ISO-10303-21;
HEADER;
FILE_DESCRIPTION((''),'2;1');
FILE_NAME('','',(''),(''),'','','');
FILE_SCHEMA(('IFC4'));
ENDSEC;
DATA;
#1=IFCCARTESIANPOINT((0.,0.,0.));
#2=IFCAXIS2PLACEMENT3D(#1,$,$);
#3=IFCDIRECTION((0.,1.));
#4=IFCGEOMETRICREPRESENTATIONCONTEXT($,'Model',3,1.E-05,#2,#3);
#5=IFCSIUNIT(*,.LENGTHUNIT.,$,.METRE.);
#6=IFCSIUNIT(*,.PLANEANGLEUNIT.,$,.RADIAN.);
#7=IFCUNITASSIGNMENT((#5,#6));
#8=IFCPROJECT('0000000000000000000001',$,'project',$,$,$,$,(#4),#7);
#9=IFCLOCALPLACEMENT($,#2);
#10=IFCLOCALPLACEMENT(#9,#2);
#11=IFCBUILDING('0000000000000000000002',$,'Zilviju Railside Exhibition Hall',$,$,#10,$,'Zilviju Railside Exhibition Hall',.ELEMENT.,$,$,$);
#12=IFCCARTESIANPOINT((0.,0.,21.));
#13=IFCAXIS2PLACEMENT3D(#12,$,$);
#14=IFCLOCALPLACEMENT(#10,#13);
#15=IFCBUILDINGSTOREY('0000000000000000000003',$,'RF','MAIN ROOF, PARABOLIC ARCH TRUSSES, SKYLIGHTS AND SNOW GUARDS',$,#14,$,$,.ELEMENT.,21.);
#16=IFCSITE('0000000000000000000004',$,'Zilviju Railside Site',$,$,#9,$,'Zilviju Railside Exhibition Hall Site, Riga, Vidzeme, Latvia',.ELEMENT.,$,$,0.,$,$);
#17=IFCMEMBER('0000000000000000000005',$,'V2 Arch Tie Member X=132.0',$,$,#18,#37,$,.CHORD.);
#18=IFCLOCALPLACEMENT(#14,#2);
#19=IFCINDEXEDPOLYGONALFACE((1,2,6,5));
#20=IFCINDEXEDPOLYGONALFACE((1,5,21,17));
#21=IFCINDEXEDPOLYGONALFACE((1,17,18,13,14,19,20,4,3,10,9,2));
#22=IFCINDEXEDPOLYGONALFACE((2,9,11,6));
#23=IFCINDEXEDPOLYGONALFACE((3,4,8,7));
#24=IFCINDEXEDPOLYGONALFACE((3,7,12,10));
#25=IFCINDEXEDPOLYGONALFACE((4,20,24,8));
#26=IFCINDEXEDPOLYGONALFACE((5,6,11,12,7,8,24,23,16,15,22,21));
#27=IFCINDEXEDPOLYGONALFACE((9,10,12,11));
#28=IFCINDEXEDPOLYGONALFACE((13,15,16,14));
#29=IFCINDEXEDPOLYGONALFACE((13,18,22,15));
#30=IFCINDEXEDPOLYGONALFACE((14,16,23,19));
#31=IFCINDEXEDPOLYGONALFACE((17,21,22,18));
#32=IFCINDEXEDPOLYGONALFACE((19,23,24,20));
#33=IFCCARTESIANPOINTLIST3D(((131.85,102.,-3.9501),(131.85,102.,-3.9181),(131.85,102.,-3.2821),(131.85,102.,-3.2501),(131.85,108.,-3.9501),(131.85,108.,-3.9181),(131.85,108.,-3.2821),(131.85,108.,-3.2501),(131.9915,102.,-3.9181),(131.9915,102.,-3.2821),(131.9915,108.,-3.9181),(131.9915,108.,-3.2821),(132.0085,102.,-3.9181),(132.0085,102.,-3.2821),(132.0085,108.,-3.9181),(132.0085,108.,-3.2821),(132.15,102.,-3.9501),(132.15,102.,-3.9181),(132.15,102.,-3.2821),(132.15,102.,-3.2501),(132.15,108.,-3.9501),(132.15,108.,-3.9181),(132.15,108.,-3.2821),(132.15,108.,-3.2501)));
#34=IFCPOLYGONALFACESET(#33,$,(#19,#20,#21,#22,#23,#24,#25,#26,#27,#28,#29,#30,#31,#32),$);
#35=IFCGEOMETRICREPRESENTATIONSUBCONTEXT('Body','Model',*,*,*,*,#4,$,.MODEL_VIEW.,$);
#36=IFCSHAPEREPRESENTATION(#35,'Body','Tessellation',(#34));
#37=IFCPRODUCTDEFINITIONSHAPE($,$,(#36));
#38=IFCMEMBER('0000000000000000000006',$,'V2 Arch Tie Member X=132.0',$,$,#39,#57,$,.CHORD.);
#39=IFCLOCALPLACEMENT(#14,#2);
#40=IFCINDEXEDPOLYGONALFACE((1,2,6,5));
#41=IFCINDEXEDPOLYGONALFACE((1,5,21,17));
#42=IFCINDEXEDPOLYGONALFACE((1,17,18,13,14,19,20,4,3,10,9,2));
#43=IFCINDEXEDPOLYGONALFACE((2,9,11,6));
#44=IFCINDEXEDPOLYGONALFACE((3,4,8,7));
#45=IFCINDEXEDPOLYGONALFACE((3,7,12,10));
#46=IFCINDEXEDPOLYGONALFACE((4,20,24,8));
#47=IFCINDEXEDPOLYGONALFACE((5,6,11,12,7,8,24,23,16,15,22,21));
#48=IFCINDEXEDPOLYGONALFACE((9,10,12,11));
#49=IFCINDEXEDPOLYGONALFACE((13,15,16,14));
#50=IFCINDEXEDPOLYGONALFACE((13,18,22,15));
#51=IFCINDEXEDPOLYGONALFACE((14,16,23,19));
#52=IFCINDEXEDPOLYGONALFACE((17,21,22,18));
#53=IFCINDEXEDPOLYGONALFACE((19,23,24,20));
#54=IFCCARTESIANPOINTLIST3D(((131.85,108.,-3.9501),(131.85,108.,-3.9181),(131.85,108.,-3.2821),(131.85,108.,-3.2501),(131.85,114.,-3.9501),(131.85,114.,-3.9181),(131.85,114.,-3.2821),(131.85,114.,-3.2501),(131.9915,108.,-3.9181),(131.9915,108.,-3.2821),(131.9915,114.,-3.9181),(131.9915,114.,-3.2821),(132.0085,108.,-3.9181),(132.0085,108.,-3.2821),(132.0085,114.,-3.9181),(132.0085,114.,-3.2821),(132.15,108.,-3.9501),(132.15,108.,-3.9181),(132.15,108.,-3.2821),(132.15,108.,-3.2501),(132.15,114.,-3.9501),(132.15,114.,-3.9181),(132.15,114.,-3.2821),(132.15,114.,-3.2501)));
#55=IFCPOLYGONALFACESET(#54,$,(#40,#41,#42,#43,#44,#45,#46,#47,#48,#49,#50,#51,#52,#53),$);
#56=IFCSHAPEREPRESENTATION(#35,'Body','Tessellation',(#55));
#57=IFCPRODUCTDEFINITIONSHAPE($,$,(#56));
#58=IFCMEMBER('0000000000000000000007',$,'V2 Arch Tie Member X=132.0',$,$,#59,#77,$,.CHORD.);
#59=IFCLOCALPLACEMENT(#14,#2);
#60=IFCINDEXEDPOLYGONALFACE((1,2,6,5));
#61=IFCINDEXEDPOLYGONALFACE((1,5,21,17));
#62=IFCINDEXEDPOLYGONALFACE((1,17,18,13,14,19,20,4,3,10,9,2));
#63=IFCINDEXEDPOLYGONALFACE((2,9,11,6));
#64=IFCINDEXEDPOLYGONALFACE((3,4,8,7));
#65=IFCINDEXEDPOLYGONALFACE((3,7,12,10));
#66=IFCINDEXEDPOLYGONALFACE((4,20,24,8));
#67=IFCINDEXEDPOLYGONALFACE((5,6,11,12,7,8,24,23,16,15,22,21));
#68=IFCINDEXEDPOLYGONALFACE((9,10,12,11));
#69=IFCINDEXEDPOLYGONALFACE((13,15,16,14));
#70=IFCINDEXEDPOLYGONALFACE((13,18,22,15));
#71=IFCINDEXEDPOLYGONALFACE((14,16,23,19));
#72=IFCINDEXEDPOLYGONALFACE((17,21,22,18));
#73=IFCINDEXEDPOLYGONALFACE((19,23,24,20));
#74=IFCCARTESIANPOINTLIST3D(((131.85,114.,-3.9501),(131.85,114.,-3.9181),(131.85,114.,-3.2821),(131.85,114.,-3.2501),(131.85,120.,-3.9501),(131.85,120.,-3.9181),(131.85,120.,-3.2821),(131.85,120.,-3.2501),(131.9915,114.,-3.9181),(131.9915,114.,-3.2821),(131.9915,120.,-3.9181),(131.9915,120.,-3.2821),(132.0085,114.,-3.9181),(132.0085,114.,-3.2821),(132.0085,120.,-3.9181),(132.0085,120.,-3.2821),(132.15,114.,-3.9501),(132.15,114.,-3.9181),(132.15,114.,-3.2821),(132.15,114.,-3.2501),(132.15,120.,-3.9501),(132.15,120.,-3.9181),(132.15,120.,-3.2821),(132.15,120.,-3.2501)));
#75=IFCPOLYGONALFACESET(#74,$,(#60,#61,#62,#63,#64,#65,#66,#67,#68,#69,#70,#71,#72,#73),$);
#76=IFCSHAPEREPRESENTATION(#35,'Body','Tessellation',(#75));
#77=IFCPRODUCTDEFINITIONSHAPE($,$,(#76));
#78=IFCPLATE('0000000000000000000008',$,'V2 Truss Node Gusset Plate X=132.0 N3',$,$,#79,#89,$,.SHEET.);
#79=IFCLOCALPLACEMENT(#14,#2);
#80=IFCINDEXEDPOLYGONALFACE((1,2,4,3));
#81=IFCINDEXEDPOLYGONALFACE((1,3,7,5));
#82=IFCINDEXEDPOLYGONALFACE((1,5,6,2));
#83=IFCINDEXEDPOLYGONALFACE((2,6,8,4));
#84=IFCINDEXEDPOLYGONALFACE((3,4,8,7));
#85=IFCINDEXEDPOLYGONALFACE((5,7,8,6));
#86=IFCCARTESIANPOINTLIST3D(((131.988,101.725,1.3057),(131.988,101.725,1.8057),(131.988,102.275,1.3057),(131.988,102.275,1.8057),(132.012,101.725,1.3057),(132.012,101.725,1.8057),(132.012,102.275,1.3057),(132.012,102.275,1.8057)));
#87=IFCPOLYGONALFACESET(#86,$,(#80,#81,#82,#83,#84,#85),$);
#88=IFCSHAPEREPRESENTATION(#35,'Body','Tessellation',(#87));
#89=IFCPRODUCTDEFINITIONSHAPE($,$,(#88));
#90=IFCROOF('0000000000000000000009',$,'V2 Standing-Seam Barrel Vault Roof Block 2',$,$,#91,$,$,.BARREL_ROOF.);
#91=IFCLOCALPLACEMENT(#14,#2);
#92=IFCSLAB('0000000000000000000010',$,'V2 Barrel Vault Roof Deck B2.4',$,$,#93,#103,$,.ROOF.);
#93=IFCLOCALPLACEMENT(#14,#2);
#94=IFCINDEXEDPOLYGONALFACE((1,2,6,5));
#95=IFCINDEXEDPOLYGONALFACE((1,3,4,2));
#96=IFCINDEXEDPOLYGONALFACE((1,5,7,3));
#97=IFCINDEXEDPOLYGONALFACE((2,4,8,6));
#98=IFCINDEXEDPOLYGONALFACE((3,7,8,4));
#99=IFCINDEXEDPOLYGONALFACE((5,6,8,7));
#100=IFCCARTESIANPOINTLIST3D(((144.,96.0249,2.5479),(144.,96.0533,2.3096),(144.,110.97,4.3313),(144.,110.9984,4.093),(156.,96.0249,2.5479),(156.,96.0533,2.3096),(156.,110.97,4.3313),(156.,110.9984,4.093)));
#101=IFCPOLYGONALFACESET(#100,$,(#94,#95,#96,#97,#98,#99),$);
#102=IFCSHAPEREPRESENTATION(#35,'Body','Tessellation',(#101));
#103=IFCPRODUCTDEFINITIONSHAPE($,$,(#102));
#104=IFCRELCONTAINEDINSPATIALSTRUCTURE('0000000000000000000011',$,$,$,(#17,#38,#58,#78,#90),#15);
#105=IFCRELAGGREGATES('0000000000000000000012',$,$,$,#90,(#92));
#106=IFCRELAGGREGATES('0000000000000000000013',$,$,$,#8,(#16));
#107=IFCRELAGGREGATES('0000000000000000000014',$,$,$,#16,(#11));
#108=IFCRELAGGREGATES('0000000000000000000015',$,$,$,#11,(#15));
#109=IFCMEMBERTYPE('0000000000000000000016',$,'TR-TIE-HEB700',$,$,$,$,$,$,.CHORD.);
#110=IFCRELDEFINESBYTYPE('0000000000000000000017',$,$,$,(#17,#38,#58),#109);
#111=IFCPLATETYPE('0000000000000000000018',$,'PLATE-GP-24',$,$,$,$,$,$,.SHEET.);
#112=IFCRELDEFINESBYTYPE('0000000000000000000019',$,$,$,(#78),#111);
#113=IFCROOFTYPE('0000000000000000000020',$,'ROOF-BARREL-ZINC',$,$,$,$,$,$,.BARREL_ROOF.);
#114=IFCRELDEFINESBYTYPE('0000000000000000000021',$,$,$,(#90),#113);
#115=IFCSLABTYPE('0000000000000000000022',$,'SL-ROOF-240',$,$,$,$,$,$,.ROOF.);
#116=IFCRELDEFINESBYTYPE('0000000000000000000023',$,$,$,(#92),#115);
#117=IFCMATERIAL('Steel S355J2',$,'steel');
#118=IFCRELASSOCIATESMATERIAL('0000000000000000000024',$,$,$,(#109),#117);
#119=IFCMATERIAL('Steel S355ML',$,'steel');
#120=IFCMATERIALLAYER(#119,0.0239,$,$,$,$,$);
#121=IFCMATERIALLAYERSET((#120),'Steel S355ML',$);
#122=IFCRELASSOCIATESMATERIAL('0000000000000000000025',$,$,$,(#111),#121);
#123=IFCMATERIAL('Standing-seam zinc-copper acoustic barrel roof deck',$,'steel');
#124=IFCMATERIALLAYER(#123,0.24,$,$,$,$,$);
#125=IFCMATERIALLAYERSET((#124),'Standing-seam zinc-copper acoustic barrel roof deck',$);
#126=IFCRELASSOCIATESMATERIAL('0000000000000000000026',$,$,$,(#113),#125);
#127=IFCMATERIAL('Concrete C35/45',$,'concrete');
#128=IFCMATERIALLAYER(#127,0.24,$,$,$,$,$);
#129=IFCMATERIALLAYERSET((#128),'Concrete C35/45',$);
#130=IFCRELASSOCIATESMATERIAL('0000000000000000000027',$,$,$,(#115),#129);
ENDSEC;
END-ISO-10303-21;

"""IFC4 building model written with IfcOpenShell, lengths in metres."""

from ifc_helpers import new_model, si_unit, direction, frame, origin, origin_2d, place, context, subcontext, project, spatial, polyline, rectangle, i_section, outline, extrude, material, layer, layer_set, material_profile, profile_set, type_object, element, aggregate, save


model = new_model("IFC4")

# Units and contexts
model_context = context("Model", 3, precision=1e-05, world=origin(), true_north=direction((0.0, 1.0)))
body_context = subcontext(model_context, "Body", "Model", "MODEL_VIEW")
ifc_project = project(units=[si_unit("LENGTHUNIT", "METRE"), si_unit("PLANEANGLEUNIT", "RADIAN")], contexts=[model_context])

# Site, building, storey
site_placement = place(None, origin())
site = spatial("IfcSite", under=ifc_project, at=site_placement, Name="Zilviju Railside Site", LongName="Zilviju Railside Exhibition Hall Site, Riga, Vidzeme, Latvia", CompositionType="ELEMENT", RefElevation=0.0)
building_placement = place(site_placement, origin())
building = spatial("IfcBuilding", under=site, at=building_placement, Name="Zilviju Railside Exhibition Hall", LongName="Zilviju Railside Exhibition Hall", CompositionType="ELEMENT")
storey_placement = place(building_placement, frame((0.0, 0.0, 21.0)))
storey = spatial("IfcBuildingStorey", under=building, at=storey_placement, Name="RF", Description="MAIN ROOF, PARABOLIC ARCH TRUSSES, SKYLIGHTS AND SNOW GUARDS", CompositionType="ELEMENT", Elevation=21.0)

# Members
ifc_material_1 = material(Name="Steel S355J2", Category="steel")
ifc_material_profile_1 = material_profile(ifc_material_1, i_section(OverallWidth=0.3, OverallDepth=0.7, WebThickness=0.0171, FlangeThickness=0.032, at=origin_2d()), Name="HEB 700")
ifc_profile_set_1 = profile_set([ifc_material_profile_1], Name="Steel S355J2")
member_type_1 = type_object("IfcMemberType", Name="TR-TIE-HEB700", PredefinedType="CHORD", material=ifc_profile_set_1)
for number, where, z_axis, x_axis, name in (
    (1, (132.0, 102.0, -3.6001), (0.0, 1.0, 0.0), (-1.0, 0.0, 0.0), "V2 Arch Tie Member X=132.0"),
    (2, (132.0, 108.0, -3.6001), (0.0, 1.0, 0.0), (-1.0, 0.0, 0.0), "V2 Arch Tie Member X=132.0"),
    (3, (132.0, 114.0, -3.6001), (0.0, 1.0, 0.0), (-1.0, 0.0, 0.0), "V2 Arch Tie Member X=132.0"),
):
    element("IfcMember", number, at=place(storey_placement, frame(where, z_axis=z_axis, x_axis=x_axis)), inside=storey, type_object=member_type_1, Name=name, PredefinedType="CHORD", context=body_context, shape_type="SweptSolid", body=[
        extrude(i_section(OverallWidth=0.3, OverallDepth=0.7, WebThickness=0.0171, FlangeThickness=0.032, at=origin_2d()), origin(), (0.0, 0.0, 1.0), 6.0),
    ])

# Plate
ifc_material_2 = material(Name="Steel S355ML", Category="steel")
ifc_layer_1 = layer(ifc_material_2, 0.0239)
ifc_layer_set_1 = layer_set([ifc_layer_1], Name="Steel S355ML")
plate_type = type_object("IfcPlateType", Name="PLATE-GP-24", PredefinedType="SHEET", material=ifc_layer_set_1)
plate_placement = place(storey_placement, frame((132.0, 102.0, 1.3057), z_axis=(0.0, 0.0, 1.0), x_axis=(1.0, 0.0, 0.0)))
element("IfcPlate", 4, at=plate_placement, inside=storey, type_object=plate_type, Name="V2 Truss Node Gusset Plate X=132.0 N3", PredefinedType="SHEET", context=body_context, shape_type="SweptSolid", body=[
    extrude(rectangle(XDim=0.0239, YDim=0.55, at=origin_2d()), origin(), (0.0, 0.0, 1.0), 0.5),
])

# Roof, slab
ifc_material_3 = material(Name="Standing-seam zinc-copper acoustic barrel roof deck", Category="steel")
ifc_layer_2 = layer(ifc_material_3, 0.24)
ifc_layer_set_2 = layer_set([ifc_layer_2], Name="Standing-seam zinc-copper acoustic barrel roof deck")
roof_type = type_object("IfcRoofType", Name="ROOF-BARREL-ZINC", PredefinedType="BARREL_ROOF", material=ifc_layer_set_2)
roof_placement = place(storey_placement, origin())
roof = element("IfcRoof", 5, at=roof_placement, inside=storey, type_object=roof_type, Name="V2 Standing-Seam Barrel Vault Roof Block 2", PredefinedType="BARREL_ROOF")
ifc_material_4 = material(Name="Concrete C35/45", Category="concrete")
ifc_layer_3 = layer(ifc_material_4, 0.24)
ifc_layer_set_3 = layer_set([ifc_layer_3], Name="Concrete C35/45")
slab_type = type_object("IfcSlabType", Name="SL-ROOF-240", PredefinedType="ROOF", material=ifc_layer_set_3)
slab_placement = place(storey_placement, frame((144.0, 96.0249, 2.5479), z_axis=(0.0, -0.118493, 0.992955), x_axis=(1.0, 0.0, 0.0)))
slab = element("IfcSlab", 6, at=slab_placement, type_object=slab_type, Name="V2 Barrel Vault Roof Deck B2.4", PredefinedType="ROOF", context=body_context, shape_type="SweptSolid", body=[
    extrude(outline(polyline([(0.0, 0.0), (12.0, 0.0), (12.0, 15.0511), (0.0, 15.0511), (0.0, 0.0)])), origin(), (0.0, 0.0, -1.0), 0.24),
])
aggregate(roof, [slab])

save(model, "model.ifc")
